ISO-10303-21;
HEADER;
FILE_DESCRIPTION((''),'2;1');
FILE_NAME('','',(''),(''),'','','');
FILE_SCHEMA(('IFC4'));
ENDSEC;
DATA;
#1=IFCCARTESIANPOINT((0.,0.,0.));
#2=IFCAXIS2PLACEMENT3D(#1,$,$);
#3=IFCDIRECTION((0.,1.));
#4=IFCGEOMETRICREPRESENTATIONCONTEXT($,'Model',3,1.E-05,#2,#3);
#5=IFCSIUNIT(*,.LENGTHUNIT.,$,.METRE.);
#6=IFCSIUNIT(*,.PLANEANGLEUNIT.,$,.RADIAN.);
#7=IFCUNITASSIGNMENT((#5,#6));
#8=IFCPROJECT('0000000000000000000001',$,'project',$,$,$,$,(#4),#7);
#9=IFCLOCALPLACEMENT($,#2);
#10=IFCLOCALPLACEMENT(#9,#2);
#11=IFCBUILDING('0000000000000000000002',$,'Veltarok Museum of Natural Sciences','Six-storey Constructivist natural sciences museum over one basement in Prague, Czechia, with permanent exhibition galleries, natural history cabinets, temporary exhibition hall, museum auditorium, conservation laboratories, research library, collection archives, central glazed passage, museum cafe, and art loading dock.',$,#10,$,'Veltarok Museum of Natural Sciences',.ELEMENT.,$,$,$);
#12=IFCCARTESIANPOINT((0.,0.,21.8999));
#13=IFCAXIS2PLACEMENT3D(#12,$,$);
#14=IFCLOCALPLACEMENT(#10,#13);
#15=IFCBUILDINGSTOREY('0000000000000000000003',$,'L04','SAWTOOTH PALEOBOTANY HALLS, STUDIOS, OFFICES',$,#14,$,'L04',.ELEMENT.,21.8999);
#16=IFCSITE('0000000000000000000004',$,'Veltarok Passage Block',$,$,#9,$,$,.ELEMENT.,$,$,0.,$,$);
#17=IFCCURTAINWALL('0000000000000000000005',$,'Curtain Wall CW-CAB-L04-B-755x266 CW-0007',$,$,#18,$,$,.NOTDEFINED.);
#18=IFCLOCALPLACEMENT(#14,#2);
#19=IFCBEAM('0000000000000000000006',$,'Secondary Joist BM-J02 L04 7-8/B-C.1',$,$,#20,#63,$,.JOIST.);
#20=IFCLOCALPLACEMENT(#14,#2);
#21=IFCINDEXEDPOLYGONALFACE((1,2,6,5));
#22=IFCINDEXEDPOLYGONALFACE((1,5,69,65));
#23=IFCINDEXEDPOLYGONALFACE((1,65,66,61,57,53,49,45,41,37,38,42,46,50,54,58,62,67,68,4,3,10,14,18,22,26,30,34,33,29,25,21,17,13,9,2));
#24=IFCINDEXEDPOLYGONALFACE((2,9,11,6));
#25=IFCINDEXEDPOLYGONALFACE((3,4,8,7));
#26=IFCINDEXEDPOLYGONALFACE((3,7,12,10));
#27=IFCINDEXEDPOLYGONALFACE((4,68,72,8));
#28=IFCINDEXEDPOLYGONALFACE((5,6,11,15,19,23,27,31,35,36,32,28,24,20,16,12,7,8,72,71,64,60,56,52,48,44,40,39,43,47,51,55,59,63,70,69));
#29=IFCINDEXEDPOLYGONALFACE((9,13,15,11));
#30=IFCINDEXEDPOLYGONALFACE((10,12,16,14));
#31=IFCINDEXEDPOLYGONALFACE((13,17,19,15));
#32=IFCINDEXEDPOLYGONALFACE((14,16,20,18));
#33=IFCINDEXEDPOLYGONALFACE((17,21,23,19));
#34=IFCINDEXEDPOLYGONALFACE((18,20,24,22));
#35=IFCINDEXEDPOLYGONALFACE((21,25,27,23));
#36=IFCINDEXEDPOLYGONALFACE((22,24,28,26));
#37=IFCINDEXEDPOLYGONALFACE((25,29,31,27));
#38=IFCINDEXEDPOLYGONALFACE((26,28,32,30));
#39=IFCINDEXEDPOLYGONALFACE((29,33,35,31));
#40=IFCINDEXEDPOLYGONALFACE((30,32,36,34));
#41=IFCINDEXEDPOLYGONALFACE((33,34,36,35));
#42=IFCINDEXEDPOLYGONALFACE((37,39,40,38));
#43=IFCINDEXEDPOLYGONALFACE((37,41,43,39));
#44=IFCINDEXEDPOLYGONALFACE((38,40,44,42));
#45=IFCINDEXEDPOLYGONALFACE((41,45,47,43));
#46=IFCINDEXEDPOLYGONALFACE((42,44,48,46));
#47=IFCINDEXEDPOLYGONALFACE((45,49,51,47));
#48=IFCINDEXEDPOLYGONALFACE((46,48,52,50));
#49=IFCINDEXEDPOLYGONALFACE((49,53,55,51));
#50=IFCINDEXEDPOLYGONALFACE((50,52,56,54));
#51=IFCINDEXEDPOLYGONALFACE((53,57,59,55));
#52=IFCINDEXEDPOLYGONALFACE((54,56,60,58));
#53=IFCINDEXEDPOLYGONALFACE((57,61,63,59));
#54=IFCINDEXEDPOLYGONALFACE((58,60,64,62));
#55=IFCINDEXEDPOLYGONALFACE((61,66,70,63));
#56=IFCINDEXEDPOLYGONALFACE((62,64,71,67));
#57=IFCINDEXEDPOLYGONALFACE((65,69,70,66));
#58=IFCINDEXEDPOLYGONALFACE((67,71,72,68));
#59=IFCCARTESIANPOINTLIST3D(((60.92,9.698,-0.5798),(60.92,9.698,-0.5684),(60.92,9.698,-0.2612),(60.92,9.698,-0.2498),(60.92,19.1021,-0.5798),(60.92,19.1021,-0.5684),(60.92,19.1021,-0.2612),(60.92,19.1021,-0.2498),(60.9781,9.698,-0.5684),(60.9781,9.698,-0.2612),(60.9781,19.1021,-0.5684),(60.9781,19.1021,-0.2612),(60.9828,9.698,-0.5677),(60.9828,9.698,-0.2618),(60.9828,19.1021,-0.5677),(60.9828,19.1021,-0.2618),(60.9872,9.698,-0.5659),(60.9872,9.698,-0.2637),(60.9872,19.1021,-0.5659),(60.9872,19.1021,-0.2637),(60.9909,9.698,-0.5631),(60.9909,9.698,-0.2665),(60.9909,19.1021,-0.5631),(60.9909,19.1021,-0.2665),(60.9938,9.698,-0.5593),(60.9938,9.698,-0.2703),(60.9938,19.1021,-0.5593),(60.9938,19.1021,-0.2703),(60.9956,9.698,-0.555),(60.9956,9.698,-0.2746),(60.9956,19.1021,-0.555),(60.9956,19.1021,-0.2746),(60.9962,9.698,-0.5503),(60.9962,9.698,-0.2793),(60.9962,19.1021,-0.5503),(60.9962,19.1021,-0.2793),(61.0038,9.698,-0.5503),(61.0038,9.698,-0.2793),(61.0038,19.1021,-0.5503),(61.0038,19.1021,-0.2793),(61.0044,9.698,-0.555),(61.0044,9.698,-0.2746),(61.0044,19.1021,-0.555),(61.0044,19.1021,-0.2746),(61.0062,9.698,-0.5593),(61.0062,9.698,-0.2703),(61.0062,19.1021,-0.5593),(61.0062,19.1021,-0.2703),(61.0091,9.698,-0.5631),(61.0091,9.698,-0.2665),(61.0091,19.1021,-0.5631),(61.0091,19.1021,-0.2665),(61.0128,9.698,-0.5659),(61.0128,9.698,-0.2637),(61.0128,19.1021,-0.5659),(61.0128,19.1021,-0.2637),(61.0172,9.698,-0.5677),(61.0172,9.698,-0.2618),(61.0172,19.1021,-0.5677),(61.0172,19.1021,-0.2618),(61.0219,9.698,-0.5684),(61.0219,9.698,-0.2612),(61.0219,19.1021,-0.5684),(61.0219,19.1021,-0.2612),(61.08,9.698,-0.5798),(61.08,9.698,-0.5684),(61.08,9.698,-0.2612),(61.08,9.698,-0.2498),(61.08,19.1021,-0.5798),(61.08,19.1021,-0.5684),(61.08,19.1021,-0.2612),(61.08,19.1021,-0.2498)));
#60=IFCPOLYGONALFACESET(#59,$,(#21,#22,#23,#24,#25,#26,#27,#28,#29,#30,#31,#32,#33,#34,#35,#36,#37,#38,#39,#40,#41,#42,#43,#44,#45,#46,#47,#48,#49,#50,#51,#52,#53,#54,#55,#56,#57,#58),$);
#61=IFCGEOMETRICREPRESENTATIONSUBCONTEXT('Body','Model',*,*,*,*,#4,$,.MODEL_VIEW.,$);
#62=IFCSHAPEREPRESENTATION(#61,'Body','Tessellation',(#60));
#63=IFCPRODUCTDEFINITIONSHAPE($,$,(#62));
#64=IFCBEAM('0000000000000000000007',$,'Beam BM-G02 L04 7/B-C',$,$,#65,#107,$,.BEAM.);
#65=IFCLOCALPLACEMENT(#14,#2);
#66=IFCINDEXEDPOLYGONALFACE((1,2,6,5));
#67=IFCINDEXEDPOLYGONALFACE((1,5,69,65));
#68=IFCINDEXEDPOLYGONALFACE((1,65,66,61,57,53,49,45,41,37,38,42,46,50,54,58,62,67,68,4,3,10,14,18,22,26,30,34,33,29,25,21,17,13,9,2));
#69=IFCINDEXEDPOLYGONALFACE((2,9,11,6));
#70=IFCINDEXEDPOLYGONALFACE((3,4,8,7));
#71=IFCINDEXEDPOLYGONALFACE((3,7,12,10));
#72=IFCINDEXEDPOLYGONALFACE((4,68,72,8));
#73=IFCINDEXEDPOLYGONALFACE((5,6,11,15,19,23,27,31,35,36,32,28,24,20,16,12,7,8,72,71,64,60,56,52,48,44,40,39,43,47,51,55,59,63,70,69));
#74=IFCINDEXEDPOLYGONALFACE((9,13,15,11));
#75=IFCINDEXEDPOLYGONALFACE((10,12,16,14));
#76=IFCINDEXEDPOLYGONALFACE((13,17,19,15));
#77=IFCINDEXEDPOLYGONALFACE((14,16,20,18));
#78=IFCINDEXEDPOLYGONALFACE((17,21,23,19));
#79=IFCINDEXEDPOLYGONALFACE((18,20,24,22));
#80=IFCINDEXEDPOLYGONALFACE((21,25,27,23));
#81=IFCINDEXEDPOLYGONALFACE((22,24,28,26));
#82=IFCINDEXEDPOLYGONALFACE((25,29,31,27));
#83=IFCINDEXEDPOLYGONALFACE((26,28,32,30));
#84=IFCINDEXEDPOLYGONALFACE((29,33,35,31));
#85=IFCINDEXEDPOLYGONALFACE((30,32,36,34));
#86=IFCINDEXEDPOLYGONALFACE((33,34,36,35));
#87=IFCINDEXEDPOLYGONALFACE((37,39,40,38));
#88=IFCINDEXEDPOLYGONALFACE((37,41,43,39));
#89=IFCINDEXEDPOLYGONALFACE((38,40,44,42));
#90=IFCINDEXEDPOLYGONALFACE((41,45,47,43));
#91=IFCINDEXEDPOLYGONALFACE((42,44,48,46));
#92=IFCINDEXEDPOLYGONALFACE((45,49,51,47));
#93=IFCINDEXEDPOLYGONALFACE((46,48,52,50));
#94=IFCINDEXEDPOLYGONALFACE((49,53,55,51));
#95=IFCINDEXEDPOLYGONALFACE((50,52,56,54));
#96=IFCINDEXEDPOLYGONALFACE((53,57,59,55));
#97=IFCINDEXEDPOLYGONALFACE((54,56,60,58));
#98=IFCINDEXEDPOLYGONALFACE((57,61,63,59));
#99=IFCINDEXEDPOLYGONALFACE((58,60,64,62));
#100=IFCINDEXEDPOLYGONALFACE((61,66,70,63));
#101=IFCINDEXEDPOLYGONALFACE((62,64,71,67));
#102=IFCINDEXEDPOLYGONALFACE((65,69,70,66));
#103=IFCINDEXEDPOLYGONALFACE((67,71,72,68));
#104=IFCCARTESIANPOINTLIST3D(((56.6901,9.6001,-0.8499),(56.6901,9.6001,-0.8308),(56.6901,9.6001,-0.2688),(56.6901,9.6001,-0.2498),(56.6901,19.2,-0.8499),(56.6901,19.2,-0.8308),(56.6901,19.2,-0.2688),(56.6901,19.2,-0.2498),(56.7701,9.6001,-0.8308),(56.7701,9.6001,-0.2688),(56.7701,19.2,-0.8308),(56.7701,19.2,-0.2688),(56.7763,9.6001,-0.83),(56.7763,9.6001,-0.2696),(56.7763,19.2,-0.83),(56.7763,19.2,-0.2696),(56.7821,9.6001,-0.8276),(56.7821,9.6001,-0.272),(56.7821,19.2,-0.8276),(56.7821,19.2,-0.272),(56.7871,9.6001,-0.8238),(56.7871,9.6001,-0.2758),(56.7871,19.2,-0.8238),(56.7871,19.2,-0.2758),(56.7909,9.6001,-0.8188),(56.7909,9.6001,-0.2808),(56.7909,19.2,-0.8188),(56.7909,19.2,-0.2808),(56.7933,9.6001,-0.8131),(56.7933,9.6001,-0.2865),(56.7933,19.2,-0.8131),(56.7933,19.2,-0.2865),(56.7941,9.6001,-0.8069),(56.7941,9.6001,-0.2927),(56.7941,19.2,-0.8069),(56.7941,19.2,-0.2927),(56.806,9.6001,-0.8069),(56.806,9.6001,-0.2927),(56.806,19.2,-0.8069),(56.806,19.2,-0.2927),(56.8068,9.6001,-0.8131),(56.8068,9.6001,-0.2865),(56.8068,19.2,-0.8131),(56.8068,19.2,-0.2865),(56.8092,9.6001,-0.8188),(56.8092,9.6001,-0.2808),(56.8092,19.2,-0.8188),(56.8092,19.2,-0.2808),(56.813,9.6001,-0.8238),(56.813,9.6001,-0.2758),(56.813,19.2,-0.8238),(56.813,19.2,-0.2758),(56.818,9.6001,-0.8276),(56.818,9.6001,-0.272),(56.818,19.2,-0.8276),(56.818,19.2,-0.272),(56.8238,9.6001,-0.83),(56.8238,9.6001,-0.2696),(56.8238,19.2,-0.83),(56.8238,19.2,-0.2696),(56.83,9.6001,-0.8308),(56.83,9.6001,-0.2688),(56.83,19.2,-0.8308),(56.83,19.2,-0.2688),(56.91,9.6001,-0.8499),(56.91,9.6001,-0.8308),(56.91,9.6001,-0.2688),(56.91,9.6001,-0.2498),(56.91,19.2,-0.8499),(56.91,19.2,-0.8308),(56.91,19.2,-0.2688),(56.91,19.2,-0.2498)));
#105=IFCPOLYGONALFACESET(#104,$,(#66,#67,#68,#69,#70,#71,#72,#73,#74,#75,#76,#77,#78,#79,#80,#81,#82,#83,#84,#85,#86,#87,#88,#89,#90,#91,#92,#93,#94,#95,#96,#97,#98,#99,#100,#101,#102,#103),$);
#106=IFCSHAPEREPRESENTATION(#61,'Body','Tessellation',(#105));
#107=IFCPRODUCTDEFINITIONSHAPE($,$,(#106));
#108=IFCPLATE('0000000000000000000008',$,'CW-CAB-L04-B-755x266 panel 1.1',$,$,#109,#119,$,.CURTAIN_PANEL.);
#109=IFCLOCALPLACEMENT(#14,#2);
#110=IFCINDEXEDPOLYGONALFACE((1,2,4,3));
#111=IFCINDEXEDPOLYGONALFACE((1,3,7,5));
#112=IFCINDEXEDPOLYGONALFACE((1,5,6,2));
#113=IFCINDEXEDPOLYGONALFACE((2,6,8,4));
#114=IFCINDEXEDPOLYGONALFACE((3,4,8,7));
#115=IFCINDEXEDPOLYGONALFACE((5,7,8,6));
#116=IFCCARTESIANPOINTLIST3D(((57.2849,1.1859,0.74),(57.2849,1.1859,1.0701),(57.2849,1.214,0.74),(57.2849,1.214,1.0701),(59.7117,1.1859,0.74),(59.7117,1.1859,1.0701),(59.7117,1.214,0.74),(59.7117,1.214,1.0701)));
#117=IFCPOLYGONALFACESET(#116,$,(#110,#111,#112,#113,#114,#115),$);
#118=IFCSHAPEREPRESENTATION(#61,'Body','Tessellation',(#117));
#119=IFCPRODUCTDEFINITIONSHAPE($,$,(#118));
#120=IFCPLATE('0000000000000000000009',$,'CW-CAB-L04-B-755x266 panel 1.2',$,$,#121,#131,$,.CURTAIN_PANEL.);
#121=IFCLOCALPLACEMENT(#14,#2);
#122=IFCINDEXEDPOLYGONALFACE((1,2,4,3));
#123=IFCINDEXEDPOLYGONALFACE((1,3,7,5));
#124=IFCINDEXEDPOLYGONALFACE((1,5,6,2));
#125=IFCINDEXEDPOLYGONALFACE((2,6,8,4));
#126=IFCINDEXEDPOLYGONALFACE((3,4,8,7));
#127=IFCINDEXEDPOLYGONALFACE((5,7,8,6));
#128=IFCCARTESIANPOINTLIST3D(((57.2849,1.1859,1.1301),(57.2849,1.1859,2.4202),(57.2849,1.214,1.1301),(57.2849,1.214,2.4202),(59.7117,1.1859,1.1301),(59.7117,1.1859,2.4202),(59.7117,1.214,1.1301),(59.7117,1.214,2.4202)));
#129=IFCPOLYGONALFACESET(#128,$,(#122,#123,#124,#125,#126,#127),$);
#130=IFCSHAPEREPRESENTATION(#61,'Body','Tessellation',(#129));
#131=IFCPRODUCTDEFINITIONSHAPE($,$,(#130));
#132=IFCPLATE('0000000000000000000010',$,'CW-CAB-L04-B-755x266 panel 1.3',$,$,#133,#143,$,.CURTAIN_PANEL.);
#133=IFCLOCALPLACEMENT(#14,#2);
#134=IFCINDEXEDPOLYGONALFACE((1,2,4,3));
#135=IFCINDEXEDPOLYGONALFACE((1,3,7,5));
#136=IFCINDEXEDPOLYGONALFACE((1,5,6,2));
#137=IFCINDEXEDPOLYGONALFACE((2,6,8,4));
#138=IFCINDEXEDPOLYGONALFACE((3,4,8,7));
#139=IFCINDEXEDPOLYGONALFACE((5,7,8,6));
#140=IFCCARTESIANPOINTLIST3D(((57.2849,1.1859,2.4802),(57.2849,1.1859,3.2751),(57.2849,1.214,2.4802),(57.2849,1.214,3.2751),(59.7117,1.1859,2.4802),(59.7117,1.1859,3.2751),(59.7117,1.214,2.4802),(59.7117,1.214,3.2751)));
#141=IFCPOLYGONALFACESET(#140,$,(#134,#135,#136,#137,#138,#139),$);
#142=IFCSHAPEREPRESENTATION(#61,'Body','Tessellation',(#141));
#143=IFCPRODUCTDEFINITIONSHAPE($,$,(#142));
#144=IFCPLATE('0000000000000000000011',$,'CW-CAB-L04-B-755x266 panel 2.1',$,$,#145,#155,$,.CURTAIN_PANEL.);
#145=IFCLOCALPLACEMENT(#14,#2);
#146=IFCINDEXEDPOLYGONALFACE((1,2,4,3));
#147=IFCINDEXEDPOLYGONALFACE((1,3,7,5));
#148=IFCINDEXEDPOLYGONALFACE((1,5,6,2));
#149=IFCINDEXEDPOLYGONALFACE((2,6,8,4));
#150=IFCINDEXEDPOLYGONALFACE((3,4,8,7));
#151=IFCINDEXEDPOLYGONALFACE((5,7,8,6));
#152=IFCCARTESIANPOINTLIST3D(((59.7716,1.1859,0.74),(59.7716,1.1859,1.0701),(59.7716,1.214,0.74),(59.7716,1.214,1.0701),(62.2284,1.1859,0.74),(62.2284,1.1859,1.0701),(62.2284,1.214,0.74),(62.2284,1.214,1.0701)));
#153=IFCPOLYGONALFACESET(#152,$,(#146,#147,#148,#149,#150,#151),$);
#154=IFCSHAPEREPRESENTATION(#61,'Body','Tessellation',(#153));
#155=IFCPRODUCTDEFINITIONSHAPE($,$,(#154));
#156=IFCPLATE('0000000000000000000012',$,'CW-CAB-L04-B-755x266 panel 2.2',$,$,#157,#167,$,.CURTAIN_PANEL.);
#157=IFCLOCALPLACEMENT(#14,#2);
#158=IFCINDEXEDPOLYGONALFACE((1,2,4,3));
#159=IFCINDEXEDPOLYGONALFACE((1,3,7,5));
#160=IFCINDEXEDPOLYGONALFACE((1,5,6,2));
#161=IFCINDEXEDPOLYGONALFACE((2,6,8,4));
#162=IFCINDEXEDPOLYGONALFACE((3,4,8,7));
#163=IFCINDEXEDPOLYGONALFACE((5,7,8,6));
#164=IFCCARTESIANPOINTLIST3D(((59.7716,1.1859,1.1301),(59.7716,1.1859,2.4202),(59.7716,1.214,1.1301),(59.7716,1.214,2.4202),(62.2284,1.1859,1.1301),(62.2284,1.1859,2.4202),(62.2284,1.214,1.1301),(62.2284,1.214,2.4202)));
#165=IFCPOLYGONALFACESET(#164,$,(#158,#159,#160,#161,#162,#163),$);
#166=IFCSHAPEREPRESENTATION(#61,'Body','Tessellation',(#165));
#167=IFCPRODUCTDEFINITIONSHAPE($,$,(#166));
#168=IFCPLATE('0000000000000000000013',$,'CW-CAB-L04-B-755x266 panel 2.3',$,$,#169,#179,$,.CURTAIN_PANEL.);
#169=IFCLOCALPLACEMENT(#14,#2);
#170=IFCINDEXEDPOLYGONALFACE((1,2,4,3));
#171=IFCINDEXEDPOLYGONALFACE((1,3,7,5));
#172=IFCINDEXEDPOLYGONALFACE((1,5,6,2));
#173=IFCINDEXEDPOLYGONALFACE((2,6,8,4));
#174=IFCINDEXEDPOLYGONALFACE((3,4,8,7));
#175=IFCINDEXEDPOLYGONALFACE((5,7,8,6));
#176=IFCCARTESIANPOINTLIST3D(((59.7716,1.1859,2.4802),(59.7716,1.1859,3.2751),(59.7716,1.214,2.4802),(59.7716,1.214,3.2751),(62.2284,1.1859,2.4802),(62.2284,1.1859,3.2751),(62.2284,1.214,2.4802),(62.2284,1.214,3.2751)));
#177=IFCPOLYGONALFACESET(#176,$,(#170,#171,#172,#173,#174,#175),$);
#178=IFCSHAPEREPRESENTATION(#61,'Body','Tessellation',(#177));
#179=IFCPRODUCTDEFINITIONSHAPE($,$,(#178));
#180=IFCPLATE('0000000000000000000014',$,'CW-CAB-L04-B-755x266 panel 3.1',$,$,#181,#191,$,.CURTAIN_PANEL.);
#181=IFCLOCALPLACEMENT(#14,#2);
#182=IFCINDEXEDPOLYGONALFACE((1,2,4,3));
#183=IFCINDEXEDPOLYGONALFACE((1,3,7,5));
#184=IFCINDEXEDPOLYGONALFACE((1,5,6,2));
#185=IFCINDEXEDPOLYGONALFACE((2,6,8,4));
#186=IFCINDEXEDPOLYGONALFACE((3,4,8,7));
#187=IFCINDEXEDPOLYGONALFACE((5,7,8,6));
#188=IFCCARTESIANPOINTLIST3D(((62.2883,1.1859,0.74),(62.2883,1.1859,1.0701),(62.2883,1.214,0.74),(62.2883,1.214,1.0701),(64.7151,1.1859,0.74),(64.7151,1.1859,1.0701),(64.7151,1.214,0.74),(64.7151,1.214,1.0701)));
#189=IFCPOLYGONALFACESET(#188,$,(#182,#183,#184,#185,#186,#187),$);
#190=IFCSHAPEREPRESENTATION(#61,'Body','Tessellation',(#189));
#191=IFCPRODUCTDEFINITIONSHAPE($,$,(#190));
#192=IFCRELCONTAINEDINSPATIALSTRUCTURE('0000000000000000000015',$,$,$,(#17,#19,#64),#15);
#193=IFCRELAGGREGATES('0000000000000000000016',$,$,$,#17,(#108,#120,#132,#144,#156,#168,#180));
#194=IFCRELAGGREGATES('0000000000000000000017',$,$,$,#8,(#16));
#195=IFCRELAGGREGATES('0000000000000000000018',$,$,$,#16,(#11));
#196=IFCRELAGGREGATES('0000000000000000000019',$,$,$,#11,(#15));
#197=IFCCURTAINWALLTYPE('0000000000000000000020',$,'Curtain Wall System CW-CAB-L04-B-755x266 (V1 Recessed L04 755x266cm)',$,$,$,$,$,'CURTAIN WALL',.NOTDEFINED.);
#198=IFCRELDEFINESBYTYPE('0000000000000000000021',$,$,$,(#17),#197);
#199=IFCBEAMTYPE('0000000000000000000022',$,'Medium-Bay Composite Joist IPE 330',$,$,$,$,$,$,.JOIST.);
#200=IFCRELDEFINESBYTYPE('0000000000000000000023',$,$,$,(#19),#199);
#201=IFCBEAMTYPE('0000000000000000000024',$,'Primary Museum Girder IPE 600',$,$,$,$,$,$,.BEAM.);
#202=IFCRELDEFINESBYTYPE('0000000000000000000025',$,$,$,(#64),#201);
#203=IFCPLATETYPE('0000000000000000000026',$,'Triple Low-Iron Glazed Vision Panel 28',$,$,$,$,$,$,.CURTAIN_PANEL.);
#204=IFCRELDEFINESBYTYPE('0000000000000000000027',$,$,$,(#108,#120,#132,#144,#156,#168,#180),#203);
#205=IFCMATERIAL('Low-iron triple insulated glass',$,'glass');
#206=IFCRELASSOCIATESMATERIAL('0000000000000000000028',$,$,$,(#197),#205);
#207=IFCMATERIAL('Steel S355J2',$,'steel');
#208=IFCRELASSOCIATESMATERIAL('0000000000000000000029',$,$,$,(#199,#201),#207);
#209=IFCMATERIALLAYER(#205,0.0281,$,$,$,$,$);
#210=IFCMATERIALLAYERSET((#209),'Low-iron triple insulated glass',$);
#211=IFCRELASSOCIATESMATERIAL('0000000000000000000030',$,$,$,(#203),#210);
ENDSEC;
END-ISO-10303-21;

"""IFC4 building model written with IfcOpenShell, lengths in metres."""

from ifc_helpers import new_model, si_unit, direction, frame, origin, origin_2d, place, context, subcontext, project, spatial, rectangle, i_section, extrude, material, layer, layer_set, material_profile, profile_set, type_object, element, aggregate, save


model = new_model("IFC4")

# Units and contexts
model_context = context("Model", 3, precision=1e-05, world=origin(), true_north=direction((0.0, 1.0)))
body_context = subcontext(model_context, "Body", "Model", "MODEL_VIEW")
ifc_project = project(units=[si_unit("LENGTHUNIT", "METRE"), si_unit("PLANEANGLEUNIT", "RADIAN")], contexts=[model_context])

# Site, building, storey
site_placement = place(None, origin())
site = spatial("IfcSite", under=ifc_project, at=site_placement, Name="Veltarok Passage Block", CompositionType="ELEMENT", RefElevation=0.0)
building_placement = place(site_placement, origin())
building = spatial("IfcBuilding", under=site, at=building_placement, Name="Veltarok Museum of Natural Sciences", Description="Six-storey Constructivist natural sciences museum over one basement in Prague, Czechia, with permanent exhibition galleries, natural history cabinets, temporary exhibition hall, museum auditorium, conservation laboratories, research library, collection archives, central glazed passage, museum cafe, and art loading dock.", LongName="Veltarok Museum of Natural Sciences", CompositionType="ELEMENT")
storey_placement = place(building_placement, frame((0.0, 0.0, 21.8999)))
storey = spatial("IfcBuildingStorey", under=building, at=storey_placement, Name="L04", Description="SAWTOOTH PALEOBOTANY HALLS, STUDIOS, OFFICES", LongName="L04", CompositionType="ELEMENT", Elevation=21.8999)

# Curtain wall
ifc_material_1 = material(Name="Low-iron triple insulated glass", Category="glass")
curtain_wall_type = type_object("IfcCurtainWallType", Name="Curtain Wall System CW-CAB-L04-B-755x266 (V1 Recessed L04 755x266cm)", ElementType="CURTAIN WALL", PredefinedType="NOTDEFINED", material=ifc_material_1)
curtain_wall_placement = place(storey_placement, origin())
curtain_wall = element("IfcCurtainWall", 1, at=curtain_wall_placement, inside=storey, type_object=curtain_wall_type, Name="Curtain Wall CW-CAB-L04-B-755x266 CW-0007", PredefinedType="NOTDEFINED")

# Beams
ifc_material_2 = material(Name="Steel S355J2", Category="steel")
ifc_material_profile_1 = material_profile(ifc_material_2, i_section(OverallWidth=0.1599, OverallDepth=0.3301, WebThickness=0.0076, FlangeThickness=0.0115, FilletRadius=0.0181, at=origin_2d()), Name="IPE 330")
ifc_profile_set_1 = profile_set([ifc_material_profile_1], Name="Steel S355J2")
beam_type_1 = type_object("IfcBeamType", Name="Medium-Bay Composite Joist IPE 330", PredefinedType="JOIST", material=ifc_profile_set_1)
beam_1_placement = place(storey_placement, frame((61.0, 9.698, -0.4148), z_axis=(0.0, 1.0, 0.0), x_axis=(-1.0, 0.0, 0.0)))
element("IfcBeam", 2, at=beam_1_placement, inside=storey, type_object=beam_type_1, Name="Secondary Joist BM-J02 L04 7-8/B-C.1", PredefinedType="JOIST", context=body_context, shape_type="SweptSolid", body=[
    extrude(i_section(OverallWidth=0.1599, OverallDepth=0.3301, WebThickness=0.0076, FlangeThickness=0.0115, FilletRadius=0.0181, at=origin_2d()), origin(), (0.0, 0.0, 1.0), 9.4041),
])
ifc_material_profile_2 = material_profile(ifc_material_2, i_section(OverallWidth=0.22, OverallDepth=0.6001, WebThickness=0.012, FlangeThickness=0.019, FilletRadius=0.0239, at=origin_2d()), Name="IPE 600")
ifc_profile_set_2 = profile_set([ifc_material_profile_2], Name="Steel S355J2")
beam_type_2 = type_object("IfcBeamType", Name="Primary Museum Girder IPE 600", PredefinedType="BEAM", material=ifc_profile_set_2)
beam_2_placement = place(storey_placement, frame((56.8, 9.6001, -0.5498), z_axis=(0.0, 1.0, 0.0), x_axis=(-1.0, 0.0, 0.0)))
element("IfcBeam", 3, at=beam_2_placement, inside=storey, type_object=beam_type_2, Name="Beam BM-G02 L04 7/B-C", PredefinedType="BEAM", context=body_context, shape_type="SweptSolid", body=[
    extrude(i_section(OverallWidth=0.22, OverallDepth=0.6001, WebThickness=0.012, FlangeThickness=0.019, FilletRadius=0.0239, at=origin_2d()), origin(), (0.0, 0.0, 1.0), 9.5999),
])

# Plates
ifc_layer_1 = layer(ifc_material_1, 0.0281)
ifc_layer_set_1 = layer_set([ifc_layer_1], Name="Low-iron triple insulated glass")
plate_type = type_object("IfcPlateType", Name="Triple Low-Iron Glazed Vision Panel 28", PredefinedType="CURTAIN_PANEL", material=ifc_layer_set_1)
plate_1_placement = place(storey_placement, frame((58.4983, 1.2, 0.74), z_axis=(0.0, 0.0, 1.0), x_axis=(1.0, 0.0, 0.0)))
plate_1 = element("IfcPlate", 4, at=plate_1_placement, type_object=plate_type, Name="CW-CAB-L04-B-755x266 panel 1.1", PredefinedType="CURTAIN_PANEL", context=body_context, shape_type="SweptSolid", body=[
    extrude(rectangle(XDim=2.4268, YDim=0.0281, at=origin_2d()), origin(), (0.0, 0.0, 1.0), 0.3301),
])
plate_2_placement = place(storey_placement, frame((58.4983, 1.2, 1.1301), z_axis=(0.0, 0.0, 1.0), x_axis=(1.0, 0.0, 0.0)))
plate_2 = element("IfcPlate", 5, at=plate_2_placement, type_object=plate_type, Name="CW-CAB-L04-B-755x266 panel 1.2", PredefinedType="CURTAIN_PANEL", context=body_context, shape_type="SweptSolid", body=[
    extrude(rectangle(XDim=2.4268, YDim=0.0281, at=origin_2d()), origin(), (0.0, 0.0, 1.0), 1.29),
])
plate_3_placement = place(storey_placement, frame((58.4983, 1.2, 2.4802), z_axis=(0.0, 0.0, 1.0), x_axis=(1.0, 0.0, 0.0)))
plate_3 = element("IfcPlate", 6, at=plate_3_placement, type_object=plate_type, Name="CW-CAB-L04-B-755x266 panel 1.3", PredefinedType="CURTAIN_PANEL", context=body_context, shape_type="SweptSolid", body=[
    extrude(rectangle(XDim=2.4268, YDim=0.0281, at=origin_2d()), origin(), (0.0, 0.0, 1.0), 0.7949),
])
plate_4_placement = place(storey_placement, frame((61.0, 1.2, 0.74), z_axis=(0.0, 0.0, 1.0), x_axis=(1.0, 0.0, 0.0)))
plate_4 = element("IfcPlate", 7, at=plate_4_placement, type_object=plate_type, Name="CW-CAB-L04-B-755x266 panel 2.1", PredefinedType="CURTAIN_PANEL", context=body_context, shape_type="SweptSolid", body=[
    extrude(rectangle(XDim=2.4568, YDim=0.0281, at=origin_2d()), origin(), (0.0, 0.0, 1.0), 0.3301),
])
plate_5_placement = place(storey_placement, frame((61.0, 1.2, 1.1301), z_axis=(0.0, 0.0, 1.0), x_axis=(1.0, 0.0, 0.0)))
plate_5 = element("IfcPlate", 8, at=plate_5_placement, type_object=plate_type, Name="CW-CAB-L04-B-755x266 panel 2.2", PredefinedType="CURTAIN_PANEL", context=body_context, shape_type="SweptSolid", body=[
    extrude(rectangle(XDim=2.4568, YDim=0.0281, at=origin_2d()), origin(), (0.0, 0.0, 1.0), 1.29),
])
plate_6_placement = place(storey_placement, frame((61.0, 1.2, 2.4802), z_axis=(0.0, 0.0, 1.0), x_axis=(1.0, 0.0, 0.0)))
plate_6 = element("IfcPlate", 9, at=plate_6_placement, type_object=plate_type, Name="CW-CAB-L04-B-755x266 panel 2.3", PredefinedType="CURTAIN_PANEL", context=body_context, shape_type="SweptSolid", body=[
    extrude(rectangle(XDim=2.4568, YDim=0.0281, at=origin_2d()), origin(), (0.0, 0.0, 1.0), 0.7949),
])
plate_7_placement = place(storey_placement, frame((63.5017, 1.2, 0.74), z_axis=(0.0, 0.0, 1.0), x_axis=(1.0, 0.0, 0.0)))
plate_7 = element("IfcPlate", 10, at=plate_7_placement, type_object=plate_type, Name="CW-CAB-L04-B-755x266 panel 3.1", PredefinedType="CURTAIN_PANEL", context=body_context, shape_type="SweptSolid", body=[
    extrude(rectangle(XDim=2.4268, YDim=0.0281, at=origin_2d()), origin(), (0.0, 0.0, 1.0), 0.3301),
])
aggregate(curtain_wall, [plate_1, plate_2, plate_3, plate_4, plate_5, plate_6, plate_7])

save(model, "model.ifc")
